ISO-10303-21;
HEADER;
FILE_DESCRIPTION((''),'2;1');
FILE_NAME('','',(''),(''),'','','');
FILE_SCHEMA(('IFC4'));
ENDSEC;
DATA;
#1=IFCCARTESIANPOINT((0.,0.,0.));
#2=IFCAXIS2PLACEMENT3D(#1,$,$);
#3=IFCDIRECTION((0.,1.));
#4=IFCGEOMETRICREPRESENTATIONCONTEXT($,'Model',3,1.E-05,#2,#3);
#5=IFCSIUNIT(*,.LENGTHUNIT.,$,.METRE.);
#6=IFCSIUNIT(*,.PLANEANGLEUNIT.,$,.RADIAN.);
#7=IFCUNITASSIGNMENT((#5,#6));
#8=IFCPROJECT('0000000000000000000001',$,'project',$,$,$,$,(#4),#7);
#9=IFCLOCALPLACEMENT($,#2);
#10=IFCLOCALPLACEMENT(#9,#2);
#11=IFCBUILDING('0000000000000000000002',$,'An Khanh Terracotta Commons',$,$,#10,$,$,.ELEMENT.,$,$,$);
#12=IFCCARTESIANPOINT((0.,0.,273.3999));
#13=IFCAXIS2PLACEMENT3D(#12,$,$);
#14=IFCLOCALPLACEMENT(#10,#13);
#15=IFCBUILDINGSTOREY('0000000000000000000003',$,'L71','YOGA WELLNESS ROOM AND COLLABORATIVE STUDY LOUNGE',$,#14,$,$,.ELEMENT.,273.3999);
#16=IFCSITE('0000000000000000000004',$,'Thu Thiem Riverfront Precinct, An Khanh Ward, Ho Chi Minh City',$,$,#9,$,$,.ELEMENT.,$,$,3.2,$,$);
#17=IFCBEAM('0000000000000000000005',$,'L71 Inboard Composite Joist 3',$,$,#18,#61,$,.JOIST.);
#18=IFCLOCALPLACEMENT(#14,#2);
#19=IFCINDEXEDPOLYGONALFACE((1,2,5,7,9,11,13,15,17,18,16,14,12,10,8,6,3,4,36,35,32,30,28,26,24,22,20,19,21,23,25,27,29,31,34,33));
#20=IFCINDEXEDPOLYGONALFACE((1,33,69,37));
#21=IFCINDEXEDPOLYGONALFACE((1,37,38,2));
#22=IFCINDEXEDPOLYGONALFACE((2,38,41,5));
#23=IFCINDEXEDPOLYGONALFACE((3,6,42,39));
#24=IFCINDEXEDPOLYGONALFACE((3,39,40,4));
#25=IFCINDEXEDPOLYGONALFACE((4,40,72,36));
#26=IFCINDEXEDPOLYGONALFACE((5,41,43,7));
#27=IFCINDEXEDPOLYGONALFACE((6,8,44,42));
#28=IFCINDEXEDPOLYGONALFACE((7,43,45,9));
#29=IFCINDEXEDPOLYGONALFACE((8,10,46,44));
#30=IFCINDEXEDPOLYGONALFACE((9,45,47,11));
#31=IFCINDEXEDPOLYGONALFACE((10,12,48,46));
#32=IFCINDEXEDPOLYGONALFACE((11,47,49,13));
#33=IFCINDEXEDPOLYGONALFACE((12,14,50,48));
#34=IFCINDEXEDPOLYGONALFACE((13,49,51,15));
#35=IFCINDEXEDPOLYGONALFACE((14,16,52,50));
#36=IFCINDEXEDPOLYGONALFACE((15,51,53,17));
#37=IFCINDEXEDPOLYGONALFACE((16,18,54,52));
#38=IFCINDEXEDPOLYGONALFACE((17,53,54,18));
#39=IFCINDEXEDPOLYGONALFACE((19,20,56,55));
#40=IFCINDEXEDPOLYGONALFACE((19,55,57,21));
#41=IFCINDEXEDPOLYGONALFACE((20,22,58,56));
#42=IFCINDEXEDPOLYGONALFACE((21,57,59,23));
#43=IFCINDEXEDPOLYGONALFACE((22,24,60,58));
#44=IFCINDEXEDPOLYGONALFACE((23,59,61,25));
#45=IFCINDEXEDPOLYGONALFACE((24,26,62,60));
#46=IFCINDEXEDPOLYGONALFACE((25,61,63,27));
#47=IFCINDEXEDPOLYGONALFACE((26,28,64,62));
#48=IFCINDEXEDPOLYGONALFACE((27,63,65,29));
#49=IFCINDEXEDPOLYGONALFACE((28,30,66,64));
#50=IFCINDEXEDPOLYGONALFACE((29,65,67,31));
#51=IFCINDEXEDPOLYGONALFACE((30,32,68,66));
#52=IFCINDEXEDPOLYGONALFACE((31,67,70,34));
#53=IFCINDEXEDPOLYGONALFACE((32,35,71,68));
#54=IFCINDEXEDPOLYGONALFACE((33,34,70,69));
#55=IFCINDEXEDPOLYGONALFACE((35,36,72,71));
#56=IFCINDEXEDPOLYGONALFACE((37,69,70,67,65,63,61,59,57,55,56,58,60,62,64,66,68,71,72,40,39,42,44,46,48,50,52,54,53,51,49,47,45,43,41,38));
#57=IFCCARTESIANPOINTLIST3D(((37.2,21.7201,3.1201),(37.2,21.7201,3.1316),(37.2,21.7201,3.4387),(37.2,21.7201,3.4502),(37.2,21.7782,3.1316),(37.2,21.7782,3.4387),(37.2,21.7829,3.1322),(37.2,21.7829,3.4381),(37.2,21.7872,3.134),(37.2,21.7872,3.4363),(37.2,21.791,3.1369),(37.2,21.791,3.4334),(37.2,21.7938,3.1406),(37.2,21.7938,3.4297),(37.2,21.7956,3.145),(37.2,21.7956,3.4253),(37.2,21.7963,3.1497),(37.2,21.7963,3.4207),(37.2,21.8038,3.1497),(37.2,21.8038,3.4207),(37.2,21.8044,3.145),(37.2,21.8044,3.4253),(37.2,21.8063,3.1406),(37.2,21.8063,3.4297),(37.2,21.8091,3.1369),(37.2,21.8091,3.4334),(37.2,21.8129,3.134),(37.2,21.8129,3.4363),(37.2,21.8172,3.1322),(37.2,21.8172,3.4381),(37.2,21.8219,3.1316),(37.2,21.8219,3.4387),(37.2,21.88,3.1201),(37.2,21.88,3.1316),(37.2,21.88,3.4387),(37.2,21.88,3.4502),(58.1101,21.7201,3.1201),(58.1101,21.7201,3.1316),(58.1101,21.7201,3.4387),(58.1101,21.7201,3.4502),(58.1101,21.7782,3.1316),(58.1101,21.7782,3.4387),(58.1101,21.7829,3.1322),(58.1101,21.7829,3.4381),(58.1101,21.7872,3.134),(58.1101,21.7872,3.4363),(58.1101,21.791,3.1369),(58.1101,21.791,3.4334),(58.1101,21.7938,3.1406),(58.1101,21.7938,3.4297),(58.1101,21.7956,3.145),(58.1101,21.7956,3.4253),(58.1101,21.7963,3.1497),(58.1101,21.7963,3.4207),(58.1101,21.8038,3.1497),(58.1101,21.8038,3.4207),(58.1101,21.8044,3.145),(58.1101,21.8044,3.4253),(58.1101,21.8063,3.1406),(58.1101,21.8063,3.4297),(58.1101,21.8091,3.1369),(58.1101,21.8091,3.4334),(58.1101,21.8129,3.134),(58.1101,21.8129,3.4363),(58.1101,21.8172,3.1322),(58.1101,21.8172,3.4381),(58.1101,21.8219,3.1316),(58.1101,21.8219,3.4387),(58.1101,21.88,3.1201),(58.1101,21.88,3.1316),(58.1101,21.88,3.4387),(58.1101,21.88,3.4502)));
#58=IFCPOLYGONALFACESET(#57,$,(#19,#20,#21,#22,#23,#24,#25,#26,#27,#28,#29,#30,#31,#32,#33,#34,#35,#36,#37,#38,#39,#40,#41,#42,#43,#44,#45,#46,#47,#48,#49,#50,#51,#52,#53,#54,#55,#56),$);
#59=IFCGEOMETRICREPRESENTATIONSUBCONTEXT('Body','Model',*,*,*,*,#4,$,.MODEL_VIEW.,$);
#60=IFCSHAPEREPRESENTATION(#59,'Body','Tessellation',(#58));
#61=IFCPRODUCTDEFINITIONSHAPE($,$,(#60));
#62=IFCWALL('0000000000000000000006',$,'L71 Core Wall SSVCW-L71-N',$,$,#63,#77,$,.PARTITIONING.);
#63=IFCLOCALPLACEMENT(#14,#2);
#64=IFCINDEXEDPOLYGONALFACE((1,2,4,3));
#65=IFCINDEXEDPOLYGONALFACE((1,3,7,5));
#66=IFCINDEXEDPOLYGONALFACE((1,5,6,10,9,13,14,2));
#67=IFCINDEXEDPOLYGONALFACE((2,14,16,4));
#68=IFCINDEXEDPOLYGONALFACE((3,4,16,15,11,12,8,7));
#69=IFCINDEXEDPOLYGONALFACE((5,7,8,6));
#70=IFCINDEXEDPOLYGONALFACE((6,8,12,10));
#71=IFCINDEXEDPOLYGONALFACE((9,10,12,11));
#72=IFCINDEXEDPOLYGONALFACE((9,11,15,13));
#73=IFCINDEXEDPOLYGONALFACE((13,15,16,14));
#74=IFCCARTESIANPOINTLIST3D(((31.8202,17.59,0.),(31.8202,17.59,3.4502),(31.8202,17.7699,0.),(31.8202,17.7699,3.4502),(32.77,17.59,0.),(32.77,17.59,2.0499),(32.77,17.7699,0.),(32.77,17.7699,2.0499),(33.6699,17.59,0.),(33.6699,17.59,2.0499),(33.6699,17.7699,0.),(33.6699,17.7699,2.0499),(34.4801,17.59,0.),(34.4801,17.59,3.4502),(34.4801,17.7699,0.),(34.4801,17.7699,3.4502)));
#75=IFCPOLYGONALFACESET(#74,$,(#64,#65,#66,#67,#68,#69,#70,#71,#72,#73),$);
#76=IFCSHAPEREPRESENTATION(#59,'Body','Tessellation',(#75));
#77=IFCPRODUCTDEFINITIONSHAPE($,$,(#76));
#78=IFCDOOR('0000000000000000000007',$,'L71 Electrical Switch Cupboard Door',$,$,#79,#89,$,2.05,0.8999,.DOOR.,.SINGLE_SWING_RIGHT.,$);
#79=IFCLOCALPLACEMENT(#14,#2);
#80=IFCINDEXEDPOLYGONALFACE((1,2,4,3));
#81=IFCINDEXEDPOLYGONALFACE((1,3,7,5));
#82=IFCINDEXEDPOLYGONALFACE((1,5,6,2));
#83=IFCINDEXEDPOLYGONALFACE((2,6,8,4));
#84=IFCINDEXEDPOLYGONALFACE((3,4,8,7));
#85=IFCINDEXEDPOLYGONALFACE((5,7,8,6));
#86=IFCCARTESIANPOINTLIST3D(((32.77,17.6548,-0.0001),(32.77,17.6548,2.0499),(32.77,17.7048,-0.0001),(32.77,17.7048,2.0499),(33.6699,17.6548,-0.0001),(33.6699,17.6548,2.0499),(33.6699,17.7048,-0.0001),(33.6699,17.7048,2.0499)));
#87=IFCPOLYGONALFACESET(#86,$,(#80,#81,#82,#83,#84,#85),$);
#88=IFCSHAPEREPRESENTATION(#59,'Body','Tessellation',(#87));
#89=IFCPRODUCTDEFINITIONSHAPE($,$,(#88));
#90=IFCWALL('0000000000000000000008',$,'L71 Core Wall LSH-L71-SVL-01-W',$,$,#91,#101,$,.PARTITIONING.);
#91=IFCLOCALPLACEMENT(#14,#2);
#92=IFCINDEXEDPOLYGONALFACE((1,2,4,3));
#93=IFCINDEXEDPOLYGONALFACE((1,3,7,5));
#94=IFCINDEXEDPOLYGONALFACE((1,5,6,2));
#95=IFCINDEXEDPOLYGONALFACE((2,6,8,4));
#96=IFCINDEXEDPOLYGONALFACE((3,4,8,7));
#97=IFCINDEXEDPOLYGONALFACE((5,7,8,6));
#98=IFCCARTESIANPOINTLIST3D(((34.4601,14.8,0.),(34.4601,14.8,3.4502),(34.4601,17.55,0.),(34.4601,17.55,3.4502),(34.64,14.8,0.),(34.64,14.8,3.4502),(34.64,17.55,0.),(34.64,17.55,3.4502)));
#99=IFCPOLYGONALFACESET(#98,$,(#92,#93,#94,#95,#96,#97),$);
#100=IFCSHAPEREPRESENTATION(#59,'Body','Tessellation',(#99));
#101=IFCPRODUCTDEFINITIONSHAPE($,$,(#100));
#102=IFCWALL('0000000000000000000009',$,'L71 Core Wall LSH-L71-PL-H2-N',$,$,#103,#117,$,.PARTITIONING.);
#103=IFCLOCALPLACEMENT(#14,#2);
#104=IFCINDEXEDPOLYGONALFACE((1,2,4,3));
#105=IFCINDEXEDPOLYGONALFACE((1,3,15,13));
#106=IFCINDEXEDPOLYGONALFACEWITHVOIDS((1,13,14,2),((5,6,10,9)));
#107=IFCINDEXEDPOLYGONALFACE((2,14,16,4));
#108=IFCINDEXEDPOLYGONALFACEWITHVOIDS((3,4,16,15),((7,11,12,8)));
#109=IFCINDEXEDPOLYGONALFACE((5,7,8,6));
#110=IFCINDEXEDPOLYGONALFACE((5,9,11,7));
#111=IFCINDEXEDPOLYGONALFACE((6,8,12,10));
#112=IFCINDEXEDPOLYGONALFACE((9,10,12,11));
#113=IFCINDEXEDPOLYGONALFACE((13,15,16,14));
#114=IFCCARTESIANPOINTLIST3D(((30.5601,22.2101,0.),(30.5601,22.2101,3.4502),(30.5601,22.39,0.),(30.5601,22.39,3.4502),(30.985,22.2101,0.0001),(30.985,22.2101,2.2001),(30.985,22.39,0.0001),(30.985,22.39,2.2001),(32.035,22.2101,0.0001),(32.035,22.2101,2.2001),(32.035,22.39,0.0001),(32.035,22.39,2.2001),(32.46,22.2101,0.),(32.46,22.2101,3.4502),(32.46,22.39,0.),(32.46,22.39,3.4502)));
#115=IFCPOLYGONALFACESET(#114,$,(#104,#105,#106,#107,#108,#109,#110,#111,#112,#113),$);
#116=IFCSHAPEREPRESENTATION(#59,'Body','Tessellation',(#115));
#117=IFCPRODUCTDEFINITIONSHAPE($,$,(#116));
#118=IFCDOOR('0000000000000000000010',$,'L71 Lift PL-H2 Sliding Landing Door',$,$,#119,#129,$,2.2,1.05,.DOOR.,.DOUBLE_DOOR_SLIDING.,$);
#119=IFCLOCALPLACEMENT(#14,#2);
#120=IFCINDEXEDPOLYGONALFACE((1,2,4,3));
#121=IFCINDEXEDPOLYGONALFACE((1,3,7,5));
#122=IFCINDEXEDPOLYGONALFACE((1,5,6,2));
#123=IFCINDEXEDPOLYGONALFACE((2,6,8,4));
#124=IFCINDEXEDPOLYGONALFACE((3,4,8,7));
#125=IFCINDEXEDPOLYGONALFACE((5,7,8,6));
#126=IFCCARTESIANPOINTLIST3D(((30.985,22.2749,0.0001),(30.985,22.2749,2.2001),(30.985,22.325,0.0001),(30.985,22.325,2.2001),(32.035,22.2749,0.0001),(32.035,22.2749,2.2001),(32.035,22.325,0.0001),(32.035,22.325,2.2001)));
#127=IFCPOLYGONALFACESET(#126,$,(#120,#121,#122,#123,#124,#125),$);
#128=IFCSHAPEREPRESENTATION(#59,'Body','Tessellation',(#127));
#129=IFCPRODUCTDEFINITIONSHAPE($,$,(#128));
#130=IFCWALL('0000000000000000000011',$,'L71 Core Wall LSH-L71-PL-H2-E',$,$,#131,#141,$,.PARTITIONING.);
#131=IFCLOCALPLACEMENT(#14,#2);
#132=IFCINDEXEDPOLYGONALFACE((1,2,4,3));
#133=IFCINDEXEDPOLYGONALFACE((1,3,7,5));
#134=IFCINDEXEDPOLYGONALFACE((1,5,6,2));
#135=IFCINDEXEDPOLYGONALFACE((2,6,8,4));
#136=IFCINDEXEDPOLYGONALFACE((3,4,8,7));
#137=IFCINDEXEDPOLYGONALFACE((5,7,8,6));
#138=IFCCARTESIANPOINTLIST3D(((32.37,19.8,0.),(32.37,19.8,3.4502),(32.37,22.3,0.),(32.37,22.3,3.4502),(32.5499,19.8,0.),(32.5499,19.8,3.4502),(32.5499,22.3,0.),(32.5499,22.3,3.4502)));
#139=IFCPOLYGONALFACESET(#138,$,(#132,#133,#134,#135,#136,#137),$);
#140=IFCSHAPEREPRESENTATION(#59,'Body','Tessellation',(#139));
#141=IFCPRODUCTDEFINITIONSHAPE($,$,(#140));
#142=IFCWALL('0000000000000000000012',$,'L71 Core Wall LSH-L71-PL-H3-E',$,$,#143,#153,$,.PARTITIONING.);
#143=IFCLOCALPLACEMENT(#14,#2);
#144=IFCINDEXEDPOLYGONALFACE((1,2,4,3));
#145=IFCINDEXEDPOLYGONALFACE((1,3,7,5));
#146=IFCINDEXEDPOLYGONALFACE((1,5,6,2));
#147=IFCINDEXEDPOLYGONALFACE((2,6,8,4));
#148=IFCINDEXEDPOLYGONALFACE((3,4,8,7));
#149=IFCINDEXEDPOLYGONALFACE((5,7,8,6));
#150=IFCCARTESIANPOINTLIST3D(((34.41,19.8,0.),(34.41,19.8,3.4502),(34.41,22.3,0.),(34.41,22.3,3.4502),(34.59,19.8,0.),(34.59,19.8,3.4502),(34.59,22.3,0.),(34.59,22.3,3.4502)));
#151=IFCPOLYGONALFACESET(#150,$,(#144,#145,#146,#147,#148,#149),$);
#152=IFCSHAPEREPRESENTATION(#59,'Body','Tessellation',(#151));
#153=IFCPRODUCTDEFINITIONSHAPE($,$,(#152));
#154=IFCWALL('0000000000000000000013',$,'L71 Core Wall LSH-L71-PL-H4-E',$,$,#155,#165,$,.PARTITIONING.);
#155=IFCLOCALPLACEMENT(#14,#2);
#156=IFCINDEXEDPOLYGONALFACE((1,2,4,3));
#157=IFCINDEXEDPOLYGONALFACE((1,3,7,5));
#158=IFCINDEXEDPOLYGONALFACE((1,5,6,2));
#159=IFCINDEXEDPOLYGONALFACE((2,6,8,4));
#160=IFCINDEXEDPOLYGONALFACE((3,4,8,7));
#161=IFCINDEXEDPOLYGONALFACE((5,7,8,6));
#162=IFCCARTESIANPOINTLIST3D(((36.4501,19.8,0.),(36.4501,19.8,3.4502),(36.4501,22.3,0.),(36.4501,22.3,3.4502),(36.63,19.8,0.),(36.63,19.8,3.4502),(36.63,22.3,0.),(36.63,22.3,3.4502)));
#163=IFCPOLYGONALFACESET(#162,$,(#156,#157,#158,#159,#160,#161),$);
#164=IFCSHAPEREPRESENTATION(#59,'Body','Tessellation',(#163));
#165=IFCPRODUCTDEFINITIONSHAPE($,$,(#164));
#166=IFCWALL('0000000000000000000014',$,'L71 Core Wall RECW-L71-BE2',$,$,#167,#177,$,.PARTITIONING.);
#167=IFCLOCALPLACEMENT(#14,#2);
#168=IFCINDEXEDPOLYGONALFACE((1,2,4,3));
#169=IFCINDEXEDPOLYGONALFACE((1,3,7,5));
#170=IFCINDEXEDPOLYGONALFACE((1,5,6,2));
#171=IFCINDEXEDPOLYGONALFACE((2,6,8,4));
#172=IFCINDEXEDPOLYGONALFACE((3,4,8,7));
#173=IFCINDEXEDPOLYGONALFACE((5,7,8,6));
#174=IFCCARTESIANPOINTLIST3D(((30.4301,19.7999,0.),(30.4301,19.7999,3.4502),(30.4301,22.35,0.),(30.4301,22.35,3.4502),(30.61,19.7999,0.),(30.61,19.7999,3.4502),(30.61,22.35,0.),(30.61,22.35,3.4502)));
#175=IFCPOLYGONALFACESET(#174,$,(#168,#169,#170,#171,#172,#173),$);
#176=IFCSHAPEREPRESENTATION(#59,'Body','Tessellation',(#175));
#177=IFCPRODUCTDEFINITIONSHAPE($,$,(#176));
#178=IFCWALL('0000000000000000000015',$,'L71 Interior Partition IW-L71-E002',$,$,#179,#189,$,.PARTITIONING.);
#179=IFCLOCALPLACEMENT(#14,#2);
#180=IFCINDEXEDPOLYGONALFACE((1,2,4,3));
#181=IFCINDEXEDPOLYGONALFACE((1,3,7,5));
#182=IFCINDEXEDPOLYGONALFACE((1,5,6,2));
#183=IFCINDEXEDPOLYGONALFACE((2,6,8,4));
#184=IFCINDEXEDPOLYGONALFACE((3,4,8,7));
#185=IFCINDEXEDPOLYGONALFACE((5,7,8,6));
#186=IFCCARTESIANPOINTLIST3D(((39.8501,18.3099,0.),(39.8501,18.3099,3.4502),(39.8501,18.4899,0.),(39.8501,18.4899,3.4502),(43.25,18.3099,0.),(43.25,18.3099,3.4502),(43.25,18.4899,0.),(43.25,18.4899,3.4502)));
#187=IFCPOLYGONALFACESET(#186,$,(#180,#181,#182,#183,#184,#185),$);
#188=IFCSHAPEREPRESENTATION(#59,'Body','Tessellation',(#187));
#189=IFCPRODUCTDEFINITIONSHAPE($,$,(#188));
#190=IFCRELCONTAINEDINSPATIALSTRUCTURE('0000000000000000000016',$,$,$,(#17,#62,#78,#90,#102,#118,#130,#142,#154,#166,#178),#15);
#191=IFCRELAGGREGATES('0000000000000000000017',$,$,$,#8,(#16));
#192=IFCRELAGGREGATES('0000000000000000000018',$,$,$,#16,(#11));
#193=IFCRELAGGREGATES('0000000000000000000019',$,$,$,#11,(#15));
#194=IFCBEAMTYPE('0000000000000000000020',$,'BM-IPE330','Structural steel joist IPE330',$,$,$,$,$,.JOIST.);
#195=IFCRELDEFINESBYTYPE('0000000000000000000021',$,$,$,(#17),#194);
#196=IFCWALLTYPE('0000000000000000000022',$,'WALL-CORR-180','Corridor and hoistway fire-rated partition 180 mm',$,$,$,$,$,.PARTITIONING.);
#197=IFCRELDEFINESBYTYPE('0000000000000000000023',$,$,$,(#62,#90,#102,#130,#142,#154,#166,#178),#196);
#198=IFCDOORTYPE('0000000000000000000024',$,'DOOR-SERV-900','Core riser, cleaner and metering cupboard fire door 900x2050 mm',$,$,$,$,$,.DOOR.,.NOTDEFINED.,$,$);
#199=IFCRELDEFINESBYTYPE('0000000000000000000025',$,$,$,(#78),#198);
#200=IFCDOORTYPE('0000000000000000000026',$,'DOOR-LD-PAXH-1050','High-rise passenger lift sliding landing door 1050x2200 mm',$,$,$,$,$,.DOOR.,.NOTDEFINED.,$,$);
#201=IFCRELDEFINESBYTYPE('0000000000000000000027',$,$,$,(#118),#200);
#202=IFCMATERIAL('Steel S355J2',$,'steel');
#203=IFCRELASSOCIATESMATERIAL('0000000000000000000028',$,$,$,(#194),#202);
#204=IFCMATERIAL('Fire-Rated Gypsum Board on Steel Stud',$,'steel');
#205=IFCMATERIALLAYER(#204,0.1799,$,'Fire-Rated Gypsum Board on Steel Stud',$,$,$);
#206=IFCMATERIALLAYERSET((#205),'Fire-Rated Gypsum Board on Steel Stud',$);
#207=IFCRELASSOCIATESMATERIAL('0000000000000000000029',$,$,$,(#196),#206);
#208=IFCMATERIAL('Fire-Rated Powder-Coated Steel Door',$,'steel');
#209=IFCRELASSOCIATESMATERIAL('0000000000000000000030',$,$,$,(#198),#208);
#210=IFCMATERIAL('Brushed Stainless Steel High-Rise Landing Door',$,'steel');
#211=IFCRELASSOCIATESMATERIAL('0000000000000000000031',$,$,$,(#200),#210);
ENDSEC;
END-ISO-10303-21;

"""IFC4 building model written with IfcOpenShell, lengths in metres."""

from ifc_helpers import new_model, si_unit, direction, frame, frame_2d, origin, origin_2d, place, context, subcontext, project, spatial, rectangle, i_section, extrude, material, layer, layer_set, material_profile, profile_set, type_object, element, fill, save


model = new_model("IFC4")

# Units and contexts
model_context = context("Model", 3, precision=1e-05, world=origin(), true_north=direction((0.0, 1.0)))
body_context = subcontext(model_context, "Body", "Model", "MODEL_VIEW")
ifc_project = project(units=[si_unit("LENGTHUNIT", "METRE"), si_unit("PLANEANGLEUNIT", "RADIAN")], contexts=[model_context])

# Site, building, storey
site_placement = place(None, origin())
site = spatial("IfcSite", under=ifc_project, at=site_placement, Name="Thu Thiem Riverfront Precinct, An Khanh Ward, Ho Chi Minh City", CompositionType="ELEMENT", RefElevation=3.2)
building_placement = place(site_placement, origin())
building = spatial("IfcBuilding", under=site, at=building_placement, Name="An Khanh Terracotta Commons", CompositionType="ELEMENT")
storey_placement = place(building_placement, frame((0.0, 0.0, 273.3999)))
storey = spatial("IfcBuildingStorey", under=building, at=storey_placement, Name="L71", Description="YOGA WELLNESS ROOM AND COLLABORATIVE STUDY LOUNGE", CompositionType="ELEMENT", Elevation=273.3999)

# Beam
ifc_material_1 = material(Name="Steel S355J2", Category="steel")
ifc_material_profile_1 = material_profile(ifc_material_1, i_section(OverallWidth=0.1599, OverallDepth=0.3301, WebThickness=0.0076, FlangeThickness=0.0115, FilletRadius=0.0181, at=origin_2d()), Name="IPE330")
ifc_profile_set_1 = profile_set([ifc_material_profile_1], Name="Steel S355J2")
beam_type_1 = type_object("IfcBeamType", Name="BM-IPE330", Description="Structural steel joist IPE330", PredefinedType="JOIST", material=ifc_profile_set_1)
for number, where, z_axis, x_axis, name in (
    (1, (37.2, 21.8, 3.2852), (1.0, 0.0, 0.0), (0.0, 1.0, 0.0), "L71 Inboard Composite Joist 3"),
):
    element("IfcBeam", number, at=place(storey_placement, frame(where, z_axis=z_axis, x_axis=x_axis)), inside=storey, type_object=beam_type_1, Name=name, PredefinedType="JOIST", context=body_context, shape_type="SweptSolid", body=[
        extrude(i_section(OverallWidth=0.1599, OverallDepth=0.3301, WebThickness=0.0076, FlangeThickness=0.0115, FilletRadius=0.0181, at=origin_2d()), origin(), (0.0, 0.0, 1.0), 20.9102),
    ])

# Wall, opening, door
ifc_material_2 = material(Name="Fire-Rated Gypsum Board on Steel Stud", Category="steel")
ifc_layer = layer(ifc_material_2, 0.1799, Name="Fire-Rated Gypsum Board on Steel Stud")
ifc_layer_set = layer_set([ifc_layer], Name="Fire-Rated Gypsum Board on Steel Stud")
wall_type = type_object("IfcWallType", Name="WALL-CORR-180", Description="Corridor and hoistway fire-rated partition 180 mm", PredefinedType="PARTITIONING", material=ifc_layer_set)
wall_1_placement = place(storey_placement, frame((31.8201, 17.6799, 0.0), z_axis=(0.0, 0.0, 1.0), x_axis=(1.0, 0.0, 0.0)))
wall_1 = element("IfcWall", 2, at=wall_1_placement, inside=storey, type_object=wall_type, Name="L71 Core Wall SSVCW-L71-N", PredefinedType="PARTITIONING", context=body_context, shape_type="SweptSolid", body=[
    extrude(rectangle(XDim=2.6599, YDim=0.1799, at=frame_2d((1.3301, 0.0))), origin(), (0.0, 0.0, 1.0), 3.4502),
])
opening_1_placement = place(wall_1_placement, frame((0.95, 0.0, 0.0)))
opening_1 = element("IfcOpeningElement", 3, at=opening_1_placement, cuts=wall_1, PredefinedType="OPENING", context=body_context, shape_type="SweptSolid", body=[
    extrude(rectangle(XDim=0.8999, YDim=2.05, at=frame_2d((0.45, 1.0249))), frame((0.0, 0.0999, 0.0), z_axis=(0.0, -1.0, 0.0), x_axis=(1.0, 0.0, 0.0)), (0.0, 0.0, 1.0), 0.2),
])
ifc_material_3 = material(Name="Fire-Rated Powder-Coated Steel Door", Category="steel")
door_type_1 = type_object("IfcDoorType", Name="DOOR-SERV-900", Description="Core riser, cleaner and metering cupboard fire door 900x2050 mm", OperationType="NOTDEFINED", PredefinedType="DOOR", material=ifc_material_3)
door_1_placement = place(opening_1_placement, origin())
door_1 = element("IfcDoor", 4, at=door_1_placement, inside=storey, type_object=door_type_1, Name="L71 Electrical Switch Cupboard Door", OperationType="SINGLE_SWING_RIGHT", OverallHeight=2.05, OverallWidth=0.8999, PredefinedType="DOOR", context=body_context, shape_type="SweptSolid", body=[
    extrude(rectangle(XDim=0.8999, YDim=2.05, at=frame_2d((0.45, 1.0249))), frame((0.0, 0.0249, 0.0), z_axis=(0.0, -1.0, 0.0), x_axis=(1.0, 0.0, 0.0)), (0.0, 0.0, 1.0), 0.05),
])
fill(opening_1, door_1)

# Wall
wall_2_placement = place(storey_placement, frame((34.55, 17.55, 0.0), z_axis=(0.0, 0.0, 1.0), x_axis=(0.0, -1.0, 0.0)))
element("IfcWall", 5, at=wall_2_placement, inside=storey, type_object=wall_type, Name="L71 Core Wall LSH-L71-SVL-01-W", PredefinedType="PARTITIONING", context=body_context, shape_type="SweptSolid", body=[
    extrude(rectangle(XDim=2.75, YDim=0.1799, at=frame_2d((1.375, 0.0))), origin(), (0.0, 0.0, 1.0), 3.4502),
])

# Wall, opening, door
wall_3_placement = place(storey_placement, frame((30.5601, 22.3, 0.0), z_axis=(0.0, 0.0, 1.0), x_axis=(1.0, 0.0, 0.0)))
wall_3 = element("IfcWall", 6, at=wall_3_placement, inside=storey, type_object=wall_type, Name="L71 Core Wall LSH-L71-PL-H2-N", PredefinedType="PARTITIONING", context=body_context, shape_type="SweptSolid", body=[
    extrude(rectangle(XDim=1.8999, YDim=0.1799, at=frame_2d((0.95, 0.0))), origin(), (0.0, 0.0, 1.0), 3.4502),
])
opening_2_placement = place(wall_3_placement, frame((0.425, 0.0, 0.0)))
opening_2 = element("IfcOpeningElement", 7, at=opening_2_placement, cuts=wall_3, PredefinedType="OPENING", context=body_context, shape_type="SweptSolid", body=[
    extrude(rectangle(XDim=1.05, YDim=2.2, at=frame_2d((0.5249, 1.1001))), frame((0.0, 0.0999, 0.0), z_axis=(0.0, -1.0, 0.0), x_axis=(1.0, 0.0, 0.0)), (0.0, 0.0, 1.0), 0.2),
])
ifc_material_4 = material(Name="Brushed Stainless Steel High-Rise Landing Door", Category="steel")
door_type_2 = type_object("IfcDoorType", Name="DOOR-LD-PAXH-1050", Description="High-rise passenger lift sliding landing door 1050x2200 mm", OperationType="NOTDEFINED", PredefinedType="DOOR", material=ifc_material_4)
door_2_placement = place(opening_2_placement, origin())
door_2 = element("IfcDoor", 8, at=door_2_placement, inside=storey, type_object=door_type_2, Name="L71 Lift PL-H2 Sliding Landing Door", OperationType="DOUBLE_DOOR_SLIDING", OverallHeight=2.2, OverallWidth=1.05, PredefinedType="DOOR", context=body_context, shape_type="SweptSolid", body=[
    extrude(rectangle(XDim=1.05, YDim=2.2, at=frame_2d((0.5249, 1.1001))), frame((0.0, 0.0249, 0.0), z_axis=(0.0, -1.0, 0.0), x_axis=(1.0, 0.0, 0.0)), (0.0, 0.0, 1.0), 0.05),
])
fill(opening_2, door_2)

# Walls
for number, where, z_axis, x_axis, name in (
    (9, (32.46, 19.8, 0.0), (0.0, 0.0, 1.0), (0.0, 1.0, 0.0), "L71 Core Wall LSH-L71-PL-H2-E"),
    (10, (34.5, 19.8, 0.0), (0.0, 0.0, 1.0), (0.0, 1.0, 0.0), "L71 Core Wall LSH-L71-PL-H3-E"),
    (11, (36.54, 19.8, 0.0), (0.0, 0.0, 1.0), (0.0, 1.0, 0.0), "L71 Core Wall LSH-L71-PL-H4-E"),
):
    element("IfcWall", number, at=place(storey_placement, frame(where, z_axis=z_axis, x_axis=x_axis)), inside=storey, type_object=wall_type, Name=name, PredefinedType="PARTITIONING", context=body_context, shape_type="SweptSolid", body=[
        extrude(rectangle(XDim=2.5, YDim=0.1799, at=frame_2d((1.25, 0.0))), origin(), (0.0, 0.0, 1.0), 3.4502),
    ])
wall_4_placement = place(storey_placement, frame((30.52, 19.8, 0.0), z_axis=(0.0, 0.0, 1.0), x_axis=(0.0, 1.0, 0.0)))
element("IfcWall", 12, at=wall_4_placement, inside=storey, type_object=wall_type, Name="L71 Core Wall RECW-L71-BE2", PredefinedType="PARTITIONING", context=body_context, shape_type="SweptSolid", body=[
    extrude(rectangle(XDim=2.55, YDim=0.1799, at=frame_2d((1.2749, 0.0))), origin(), (0.0, 0.0, 1.0), 3.4502),
])
wall_5_placement = place(storey_placement, frame((39.8501, 18.3999, 0.0), z_axis=(0.0, 0.0, 1.0), x_axis=(1.0, 0.0, 0.0)))
element("IfcWall", 13, at=wall_5_placement, inside=storey, type_object=wall_type, Name="L71 Interior Partition IW-L71-E002", PredefinedType="PARTITIONING", context=body_context, shape_type="SweptSolid", body=[
    extrude(rectangle(XDim=3.3999, YDim=0.1799, at=frame_2d((1.7, 0.0))), origin(), (0.0, 0.0, 1.0), 3.4502),
])

save(model, "model.ifc")
